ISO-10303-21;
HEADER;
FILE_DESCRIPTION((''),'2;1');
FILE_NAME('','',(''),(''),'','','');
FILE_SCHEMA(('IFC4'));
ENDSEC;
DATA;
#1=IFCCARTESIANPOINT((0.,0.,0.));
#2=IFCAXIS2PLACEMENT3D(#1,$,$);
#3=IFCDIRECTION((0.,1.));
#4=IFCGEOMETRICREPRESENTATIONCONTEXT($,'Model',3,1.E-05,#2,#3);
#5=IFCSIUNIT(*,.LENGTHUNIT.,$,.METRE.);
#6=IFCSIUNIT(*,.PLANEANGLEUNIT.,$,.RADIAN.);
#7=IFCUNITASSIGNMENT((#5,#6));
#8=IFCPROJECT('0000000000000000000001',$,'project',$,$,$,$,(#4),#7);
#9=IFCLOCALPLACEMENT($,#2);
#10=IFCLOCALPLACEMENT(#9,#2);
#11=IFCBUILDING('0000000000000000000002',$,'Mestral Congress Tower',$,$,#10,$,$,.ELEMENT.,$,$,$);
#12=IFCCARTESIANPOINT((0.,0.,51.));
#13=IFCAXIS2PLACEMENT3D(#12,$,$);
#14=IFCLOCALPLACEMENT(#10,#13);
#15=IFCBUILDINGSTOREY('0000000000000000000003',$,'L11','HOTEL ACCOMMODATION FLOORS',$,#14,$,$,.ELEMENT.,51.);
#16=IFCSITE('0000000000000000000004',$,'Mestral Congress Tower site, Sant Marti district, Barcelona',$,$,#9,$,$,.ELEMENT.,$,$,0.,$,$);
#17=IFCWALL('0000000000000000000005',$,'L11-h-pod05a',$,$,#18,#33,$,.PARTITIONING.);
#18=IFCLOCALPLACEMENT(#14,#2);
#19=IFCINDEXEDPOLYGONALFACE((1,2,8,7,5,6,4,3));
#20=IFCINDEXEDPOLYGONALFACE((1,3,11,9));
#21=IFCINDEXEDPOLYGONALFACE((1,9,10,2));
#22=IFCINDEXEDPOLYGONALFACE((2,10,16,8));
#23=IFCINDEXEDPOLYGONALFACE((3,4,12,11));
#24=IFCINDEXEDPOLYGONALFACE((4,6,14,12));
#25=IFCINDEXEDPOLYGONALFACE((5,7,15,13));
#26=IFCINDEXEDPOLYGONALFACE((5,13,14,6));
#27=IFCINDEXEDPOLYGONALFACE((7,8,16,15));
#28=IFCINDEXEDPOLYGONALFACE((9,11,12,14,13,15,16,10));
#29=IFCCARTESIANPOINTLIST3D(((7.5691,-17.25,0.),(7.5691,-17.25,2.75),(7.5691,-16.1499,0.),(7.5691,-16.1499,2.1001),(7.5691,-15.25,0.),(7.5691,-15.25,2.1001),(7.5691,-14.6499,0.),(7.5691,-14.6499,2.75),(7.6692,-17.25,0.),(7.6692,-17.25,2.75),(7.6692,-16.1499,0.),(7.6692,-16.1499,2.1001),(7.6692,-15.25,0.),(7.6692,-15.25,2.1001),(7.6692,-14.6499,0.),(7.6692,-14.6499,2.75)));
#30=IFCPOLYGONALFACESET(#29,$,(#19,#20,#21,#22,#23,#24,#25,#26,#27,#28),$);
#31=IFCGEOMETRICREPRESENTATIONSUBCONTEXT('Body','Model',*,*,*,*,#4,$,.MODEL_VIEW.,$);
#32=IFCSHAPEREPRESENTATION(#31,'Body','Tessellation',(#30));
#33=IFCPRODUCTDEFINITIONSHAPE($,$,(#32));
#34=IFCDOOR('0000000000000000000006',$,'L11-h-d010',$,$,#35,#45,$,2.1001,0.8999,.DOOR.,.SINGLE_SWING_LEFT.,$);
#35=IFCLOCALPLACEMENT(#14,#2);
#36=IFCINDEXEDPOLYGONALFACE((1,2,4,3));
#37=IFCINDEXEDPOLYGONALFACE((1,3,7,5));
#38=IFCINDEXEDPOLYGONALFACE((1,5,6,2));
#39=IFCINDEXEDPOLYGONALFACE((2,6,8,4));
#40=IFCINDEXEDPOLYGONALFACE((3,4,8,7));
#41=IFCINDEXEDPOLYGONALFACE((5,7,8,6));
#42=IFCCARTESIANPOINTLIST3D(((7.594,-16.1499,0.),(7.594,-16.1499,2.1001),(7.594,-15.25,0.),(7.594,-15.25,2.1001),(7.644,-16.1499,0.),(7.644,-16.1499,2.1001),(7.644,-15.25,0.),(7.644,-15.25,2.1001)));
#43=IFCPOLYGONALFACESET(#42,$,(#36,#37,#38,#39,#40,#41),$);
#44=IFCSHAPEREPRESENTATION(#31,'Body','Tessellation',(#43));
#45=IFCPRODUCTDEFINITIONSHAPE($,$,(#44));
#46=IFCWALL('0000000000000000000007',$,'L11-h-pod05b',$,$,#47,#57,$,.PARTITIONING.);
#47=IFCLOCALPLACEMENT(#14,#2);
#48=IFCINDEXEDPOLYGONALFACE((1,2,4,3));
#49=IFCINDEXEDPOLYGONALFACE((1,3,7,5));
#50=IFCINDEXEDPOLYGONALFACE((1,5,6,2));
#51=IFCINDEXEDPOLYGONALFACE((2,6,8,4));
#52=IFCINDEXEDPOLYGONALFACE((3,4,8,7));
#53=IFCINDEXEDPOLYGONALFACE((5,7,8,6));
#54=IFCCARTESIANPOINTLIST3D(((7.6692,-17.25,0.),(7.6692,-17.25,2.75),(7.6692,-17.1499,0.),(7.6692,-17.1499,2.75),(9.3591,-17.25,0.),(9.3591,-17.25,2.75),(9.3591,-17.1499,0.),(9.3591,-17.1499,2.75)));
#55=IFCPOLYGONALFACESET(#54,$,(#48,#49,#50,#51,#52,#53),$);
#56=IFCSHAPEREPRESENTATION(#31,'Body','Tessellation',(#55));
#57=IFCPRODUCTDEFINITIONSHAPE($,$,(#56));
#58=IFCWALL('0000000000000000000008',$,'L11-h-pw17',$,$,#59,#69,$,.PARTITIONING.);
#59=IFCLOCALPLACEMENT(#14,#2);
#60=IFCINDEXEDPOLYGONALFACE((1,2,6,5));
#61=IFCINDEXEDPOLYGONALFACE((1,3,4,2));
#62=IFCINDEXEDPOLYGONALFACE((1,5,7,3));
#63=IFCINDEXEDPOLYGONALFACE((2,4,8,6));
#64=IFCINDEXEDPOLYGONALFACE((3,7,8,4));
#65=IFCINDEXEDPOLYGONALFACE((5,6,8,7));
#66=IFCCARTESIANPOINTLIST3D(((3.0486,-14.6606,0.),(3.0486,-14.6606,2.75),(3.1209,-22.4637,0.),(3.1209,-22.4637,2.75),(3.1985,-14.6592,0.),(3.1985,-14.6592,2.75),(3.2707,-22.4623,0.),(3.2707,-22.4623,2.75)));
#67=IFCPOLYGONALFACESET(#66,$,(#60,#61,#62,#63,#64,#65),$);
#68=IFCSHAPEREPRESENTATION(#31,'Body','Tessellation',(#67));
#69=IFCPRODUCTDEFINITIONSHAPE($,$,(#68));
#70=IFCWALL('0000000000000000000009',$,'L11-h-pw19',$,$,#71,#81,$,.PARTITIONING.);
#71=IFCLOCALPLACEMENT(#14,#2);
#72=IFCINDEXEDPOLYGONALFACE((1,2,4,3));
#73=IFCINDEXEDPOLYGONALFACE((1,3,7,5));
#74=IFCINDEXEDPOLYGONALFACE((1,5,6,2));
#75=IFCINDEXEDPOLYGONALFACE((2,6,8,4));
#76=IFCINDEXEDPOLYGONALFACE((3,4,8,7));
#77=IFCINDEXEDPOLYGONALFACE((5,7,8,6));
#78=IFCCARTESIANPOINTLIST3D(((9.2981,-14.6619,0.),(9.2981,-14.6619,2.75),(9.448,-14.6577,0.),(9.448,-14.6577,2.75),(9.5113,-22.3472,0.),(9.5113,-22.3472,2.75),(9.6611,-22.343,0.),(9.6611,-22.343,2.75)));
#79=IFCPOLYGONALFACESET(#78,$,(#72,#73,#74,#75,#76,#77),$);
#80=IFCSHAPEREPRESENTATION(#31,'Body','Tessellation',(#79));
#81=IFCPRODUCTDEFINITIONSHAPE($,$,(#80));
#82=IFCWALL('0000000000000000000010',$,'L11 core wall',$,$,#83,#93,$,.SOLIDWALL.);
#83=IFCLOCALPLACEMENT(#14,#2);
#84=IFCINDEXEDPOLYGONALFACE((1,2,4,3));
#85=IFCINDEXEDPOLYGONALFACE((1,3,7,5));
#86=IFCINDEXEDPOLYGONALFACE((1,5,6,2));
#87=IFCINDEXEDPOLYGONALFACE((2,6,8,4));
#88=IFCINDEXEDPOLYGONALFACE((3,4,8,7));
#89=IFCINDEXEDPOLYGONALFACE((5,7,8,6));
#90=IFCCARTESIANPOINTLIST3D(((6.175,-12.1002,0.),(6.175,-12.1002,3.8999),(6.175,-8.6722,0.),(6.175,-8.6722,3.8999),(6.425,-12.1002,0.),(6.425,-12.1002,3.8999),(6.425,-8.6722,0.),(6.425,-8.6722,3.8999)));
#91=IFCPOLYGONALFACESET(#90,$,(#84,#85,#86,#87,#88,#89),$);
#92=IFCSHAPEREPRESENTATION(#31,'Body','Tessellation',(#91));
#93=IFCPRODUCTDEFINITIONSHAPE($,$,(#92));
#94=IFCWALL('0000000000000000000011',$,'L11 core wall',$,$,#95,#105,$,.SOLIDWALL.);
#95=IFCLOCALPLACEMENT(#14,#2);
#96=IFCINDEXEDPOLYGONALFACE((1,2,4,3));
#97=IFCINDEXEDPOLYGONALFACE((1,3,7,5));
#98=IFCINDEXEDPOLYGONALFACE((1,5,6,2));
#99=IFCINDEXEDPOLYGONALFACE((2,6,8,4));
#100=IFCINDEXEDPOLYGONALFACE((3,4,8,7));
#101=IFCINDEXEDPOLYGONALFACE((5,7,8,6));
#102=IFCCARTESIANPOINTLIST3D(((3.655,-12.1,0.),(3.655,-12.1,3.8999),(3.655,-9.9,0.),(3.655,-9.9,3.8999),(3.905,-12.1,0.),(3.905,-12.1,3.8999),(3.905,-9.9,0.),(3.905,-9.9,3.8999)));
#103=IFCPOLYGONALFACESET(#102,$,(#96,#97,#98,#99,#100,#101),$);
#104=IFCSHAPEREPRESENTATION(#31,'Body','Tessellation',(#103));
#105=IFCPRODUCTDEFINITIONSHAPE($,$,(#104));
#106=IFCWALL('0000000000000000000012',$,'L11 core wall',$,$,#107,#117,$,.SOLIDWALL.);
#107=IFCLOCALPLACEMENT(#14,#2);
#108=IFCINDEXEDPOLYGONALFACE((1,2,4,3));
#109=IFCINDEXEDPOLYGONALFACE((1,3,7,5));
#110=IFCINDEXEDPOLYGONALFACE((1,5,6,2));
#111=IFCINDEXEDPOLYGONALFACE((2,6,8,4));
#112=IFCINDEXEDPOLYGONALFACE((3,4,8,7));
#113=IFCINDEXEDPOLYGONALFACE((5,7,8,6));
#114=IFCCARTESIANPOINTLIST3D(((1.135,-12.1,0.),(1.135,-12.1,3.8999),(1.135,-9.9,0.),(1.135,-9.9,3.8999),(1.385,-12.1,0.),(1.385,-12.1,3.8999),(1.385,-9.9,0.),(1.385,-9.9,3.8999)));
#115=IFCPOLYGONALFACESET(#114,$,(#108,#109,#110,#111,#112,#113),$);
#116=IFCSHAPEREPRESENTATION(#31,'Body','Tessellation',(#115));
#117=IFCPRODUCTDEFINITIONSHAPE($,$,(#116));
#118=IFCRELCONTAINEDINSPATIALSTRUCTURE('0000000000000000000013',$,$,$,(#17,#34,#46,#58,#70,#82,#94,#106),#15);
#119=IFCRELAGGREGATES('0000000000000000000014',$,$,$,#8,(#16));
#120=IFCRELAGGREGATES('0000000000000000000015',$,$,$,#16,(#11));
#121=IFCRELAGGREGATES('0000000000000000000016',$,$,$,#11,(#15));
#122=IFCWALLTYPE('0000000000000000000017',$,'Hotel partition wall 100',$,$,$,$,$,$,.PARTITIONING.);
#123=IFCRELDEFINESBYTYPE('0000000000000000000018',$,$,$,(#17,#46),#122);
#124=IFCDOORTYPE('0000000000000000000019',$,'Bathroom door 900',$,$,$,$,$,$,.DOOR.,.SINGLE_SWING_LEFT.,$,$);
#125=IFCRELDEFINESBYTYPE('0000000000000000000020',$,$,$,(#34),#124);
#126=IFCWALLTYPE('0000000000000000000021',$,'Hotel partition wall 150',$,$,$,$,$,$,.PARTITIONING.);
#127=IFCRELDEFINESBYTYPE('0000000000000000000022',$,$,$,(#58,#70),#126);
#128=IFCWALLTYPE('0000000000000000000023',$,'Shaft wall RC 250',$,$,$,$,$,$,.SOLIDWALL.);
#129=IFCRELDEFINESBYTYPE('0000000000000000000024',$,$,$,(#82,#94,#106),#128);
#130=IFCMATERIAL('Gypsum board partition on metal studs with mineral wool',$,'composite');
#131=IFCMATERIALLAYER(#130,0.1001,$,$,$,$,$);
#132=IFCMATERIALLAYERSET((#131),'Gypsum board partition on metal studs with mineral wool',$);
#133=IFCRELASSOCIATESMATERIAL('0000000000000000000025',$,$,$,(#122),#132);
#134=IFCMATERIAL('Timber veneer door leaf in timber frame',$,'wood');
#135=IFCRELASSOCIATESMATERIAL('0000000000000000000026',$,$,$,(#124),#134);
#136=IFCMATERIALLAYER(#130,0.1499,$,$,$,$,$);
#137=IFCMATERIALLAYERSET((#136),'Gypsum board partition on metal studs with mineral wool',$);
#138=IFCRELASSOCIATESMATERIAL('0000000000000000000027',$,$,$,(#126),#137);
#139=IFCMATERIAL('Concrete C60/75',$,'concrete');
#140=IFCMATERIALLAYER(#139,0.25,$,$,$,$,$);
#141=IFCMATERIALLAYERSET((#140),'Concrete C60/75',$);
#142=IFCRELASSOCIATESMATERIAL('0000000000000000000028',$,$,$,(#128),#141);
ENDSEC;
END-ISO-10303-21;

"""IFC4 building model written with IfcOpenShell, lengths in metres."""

from ifc_helpers import new_model, si_unit, direction, frame, frame_2d, origin, place, context, subcontext, project, spatial, rectangle, extrude, material, layer, layer_set, type_object, element, fill, save


model = new_model("IFC4")

# Units and contexts
model_context = context("Model", 3, precision=1e-05, world=origin(), true_north=direction((0.0, 1.0)))
body_context = subcontext(model_context, "Body", "Model", "MODEL_VIEW")
ifc_project = project(units=[si_unit("LENGTHUNIT", "METRE"), si_unit("PLANEANGLEUNIT", "RADIAN")], contexts=[model_context])

# Site, building, storey
site_placement = place(None, origin())
site = spatial("IfcSite", under=ifc_project, at=site_placement, Name="Mestral Congress Tower site, Sant Marti district, Barcelona", CompositionType="ELEMENT", RefElevation=0.0)
building_placement = place(site_placement, origin())
building = spatial("IfcBuilding", under=site, at=building_placement, Name="Mestral Congress Tower", CompositionType="ELEMENT")
storey_placement = place(building_placement, frame((0.0, 0.0, 51.0)))
storey = spatial("IfcBuildingStorey", under=building, at=storey_placement, Name="L11", Description="HOTEL ACCOMMODATION FLOORS", CompositionType="ELEMENT", Elevation=51.0)

# Wall, opening, door
ifc_material_1 = material(Name="Gypsum board partition on metal studs with mineral wool", Category="composite")
ifc_layer_1 = layer(ifc_material_1, 0.1001)
ifc_layer_set_1 = layer_set([ifc_layer_1], Name="Gypsum board partition on metal studs with mineral wool")
wall_type_1 = type_object("IfcWallType", Name="Hotel partition wall 100", PredefinedType="PARTITIONING", material=ifc_layer_set_1)
wall_1_placement = place(storey_placement, frame((7.6191, -14.6499, 0.0), z_axis=(0.0, 0.0, 1.0), x_axis=(0.0, -1.0, 0.0)))
wall_1 = element("IfcWall", 1, at=wall_1_placement, inside=storey, type_object=wall_type_1, Name="L11-h-pod05a", PredefinedType="PARTITIONING", context=body_context, shape_type="SweptSolid", body=[
    extrude(rectangle(XDim=2.6001, YDim=0.1001, at=frame_2d((1.3, 0.0))), origin(), (0.0, 0.0, 1.0), 2.75),
])
opening_1_placement = place(wall_1_placement, frame((0.6001, 0.0, 0.0)))
opening_1 = element("IfcOpeningElement", 2, at=opening_1_placement, cuts=wall_1, PredefinedType="OPENING", context=body_context, shape_type="SweptSolid", body=[
    extrude(rectangle(XDim=0.8999, YDim=2.1001, at=frame_2d((0.45, 1.05))), frame((0.0, 0.0601, 0.0), z_axis=(0.0, -1.0, 0.0), x_axis=(1.0, 0.0, 0.0)), (0.0, 0.0, 1.0), 0.1201),
])
ifc_material_2 = material(Name="Timber veneer door leaf in timber frame", Category="wood")
door_type = type_object("IfcDoorType", Name="Bathroom door 900", OperationType="SINGLE_SWING_LEFT", PredefinedType="DOOR", material=ifc_material_2)
door_placement = place(opening_1_placement, origin())
door = element("IfcDoor", 3, at=door_placement, inside=storey, type_object=door_type, Name="L11-h-d010", OperationType="SINGLE_SWING_LEFT", OverallHeight=2.1001, OverallWidth=0.8999, PredefinedType="DOOR", context=body_context, shape_type="SweptSolid", body=[
    extrude(rectangle(XDim=0.8999, YDim=2.1001, at=frame_2d((0.45, 1.05))), frame((0.0, 0.0249, 0.0), z_axis=(0.0, -1.0, 0.0), x_axis=(1.0, 0.0, 0.0)), (0.0, 0.0, 1.0), 0.05),
])
fill(opening_1, door)

# Walls
wall_2_placement = place(storey_placement, frame((7.6692, -17.2, 0.0), z_axis=(0.0, 0.0, 1.0), x_axis=(1.0, 0.0, 0.0)))
element("IfcWall", 4, at=wall_2_placement, inside=storey, type_object=wall_type_1, Name="L11-h-pod05b", PredefinedType="PARTITIONING", context=body_context, shape_type="SweptSolid", body=[
    extrude(rectangle(XDim=1.6899, YDim=0.1001, at=frame_2d((0.845, 0.0))), origin(), (0.0, 0.0, 1.0), 2.75),
])
ifc_layer_2 = layer(ifc_material_1, 0.1499)
ifc_layer_set_2 = layer_set([ifc_layer_2], Name="Gypsum board partition on metal studs with mineral wool")
wall_type_2 = type_object("IfcWallType", Name="Hotel partition wall 150", PredefinedType="PARTITIONING", material=ifc_layer_set_2)
wall_3_placement = place(storey_placement, frame((3.1958, -22.4631, 0.0), z_axis=(0.0, 0.0, 1.0), x_axis=(-0.009261, 0.999957, 0.0)))
element("IfcWall", 5, at=wall_3_placement, inside=storey, type_object=wall_type_2, Name="L11-h-pw17", PredefinedType="PARTITIONING", context=body_context, shape_type="SweptSolid", body=[
    extrude(rectangle(XDim=7.8035, YDim=0.1499, at=frame_2d((3.9019, 0.0))), origin(), (0.0, 0.0, 1.0), 2.75),
])
wall_4_placement = place(storey_placement, frame((9.5862, -22.3452, 0.0), z_axis=(0.0, 0.0, 1.0), x_axis=(-0.027722, 0.999616, 0.0)))
element("IfcWall", 6, at=wall_4_placement, inside=storey, type_object=wall_type_2, Name="L11-h-pw19", PredefinedType="PARTITIONING", context=body_context, shape_type="SweptSolid", body=[
    extrude(rectangle(XDim=7.6882, YDim=0.1499, at=frame_2d((3.8442, 0.0))), origin(), (0.0, 0.0, 1.0), 2.75),
])
ifc_material_3 = material(Name="Concrete C60/75", Category="concrete")
ifc_layer_3 = layer(ifc_material_3, 0.25)
ifc_layer_set_3 = layer_set([ifc_layer_3], Name="Concrete C60/75")
wall_type_3 = type_object("IfcWallType", Name="Shaft wall RC 250", PredefinedType="SOLIDWALL", material=ifc_layer_set_3)
wall_5_placement = place(storey_placement, frame((6.3, -12.1001, 0.0), z_axis=(0.0, 0.0, 1.0), x_axis=(0.0, 1.0, 0.0)))
element("IfcWall", 7, at=wall_5_placement, inside=storey, type_object=wall_type_3, Name="L11 core wall", PredefinedType="SOLIDWALL", context=body_context, shape_type="SweptSolid", body=[
    extrude(rectangle(XDim=3.428, YDim=0.25, at=frame_2d((1.7139, 0.0))), origin(), (0.0, 0.0, 1.0), 3.8999),
])
for number, where, z_axis, x_axis, name in (
    (8, (3.78, -12.1001, 0.0), (0.0, 0.0, 1.0), (0.0, 1.0, 0.0), "L11 core wall"),
    (9, (1.26, -12.1001, 0.0), (0.0, 0.0, 1.0), (0.0, 1.0, 0.0), "L11 core wall"),
):
    element("IfcWall", number, at=place(storey_placement, frame(where, z_axis=z_axis, x_axis=x_axis)), inside=storey, type_object=wall_type_3, Name=name, PredefinedType="SOLIDWALL", context=body_context, shape_type="SweptSolid", body=[
        extrude(rectangle(XDim=2.2, YDim=0.25, at=frame_2d((1.1001, 0.0))), origin(), (0.0, 0.0, 1.0), 3.8999),
    ])

save(model, "model.ifc")
